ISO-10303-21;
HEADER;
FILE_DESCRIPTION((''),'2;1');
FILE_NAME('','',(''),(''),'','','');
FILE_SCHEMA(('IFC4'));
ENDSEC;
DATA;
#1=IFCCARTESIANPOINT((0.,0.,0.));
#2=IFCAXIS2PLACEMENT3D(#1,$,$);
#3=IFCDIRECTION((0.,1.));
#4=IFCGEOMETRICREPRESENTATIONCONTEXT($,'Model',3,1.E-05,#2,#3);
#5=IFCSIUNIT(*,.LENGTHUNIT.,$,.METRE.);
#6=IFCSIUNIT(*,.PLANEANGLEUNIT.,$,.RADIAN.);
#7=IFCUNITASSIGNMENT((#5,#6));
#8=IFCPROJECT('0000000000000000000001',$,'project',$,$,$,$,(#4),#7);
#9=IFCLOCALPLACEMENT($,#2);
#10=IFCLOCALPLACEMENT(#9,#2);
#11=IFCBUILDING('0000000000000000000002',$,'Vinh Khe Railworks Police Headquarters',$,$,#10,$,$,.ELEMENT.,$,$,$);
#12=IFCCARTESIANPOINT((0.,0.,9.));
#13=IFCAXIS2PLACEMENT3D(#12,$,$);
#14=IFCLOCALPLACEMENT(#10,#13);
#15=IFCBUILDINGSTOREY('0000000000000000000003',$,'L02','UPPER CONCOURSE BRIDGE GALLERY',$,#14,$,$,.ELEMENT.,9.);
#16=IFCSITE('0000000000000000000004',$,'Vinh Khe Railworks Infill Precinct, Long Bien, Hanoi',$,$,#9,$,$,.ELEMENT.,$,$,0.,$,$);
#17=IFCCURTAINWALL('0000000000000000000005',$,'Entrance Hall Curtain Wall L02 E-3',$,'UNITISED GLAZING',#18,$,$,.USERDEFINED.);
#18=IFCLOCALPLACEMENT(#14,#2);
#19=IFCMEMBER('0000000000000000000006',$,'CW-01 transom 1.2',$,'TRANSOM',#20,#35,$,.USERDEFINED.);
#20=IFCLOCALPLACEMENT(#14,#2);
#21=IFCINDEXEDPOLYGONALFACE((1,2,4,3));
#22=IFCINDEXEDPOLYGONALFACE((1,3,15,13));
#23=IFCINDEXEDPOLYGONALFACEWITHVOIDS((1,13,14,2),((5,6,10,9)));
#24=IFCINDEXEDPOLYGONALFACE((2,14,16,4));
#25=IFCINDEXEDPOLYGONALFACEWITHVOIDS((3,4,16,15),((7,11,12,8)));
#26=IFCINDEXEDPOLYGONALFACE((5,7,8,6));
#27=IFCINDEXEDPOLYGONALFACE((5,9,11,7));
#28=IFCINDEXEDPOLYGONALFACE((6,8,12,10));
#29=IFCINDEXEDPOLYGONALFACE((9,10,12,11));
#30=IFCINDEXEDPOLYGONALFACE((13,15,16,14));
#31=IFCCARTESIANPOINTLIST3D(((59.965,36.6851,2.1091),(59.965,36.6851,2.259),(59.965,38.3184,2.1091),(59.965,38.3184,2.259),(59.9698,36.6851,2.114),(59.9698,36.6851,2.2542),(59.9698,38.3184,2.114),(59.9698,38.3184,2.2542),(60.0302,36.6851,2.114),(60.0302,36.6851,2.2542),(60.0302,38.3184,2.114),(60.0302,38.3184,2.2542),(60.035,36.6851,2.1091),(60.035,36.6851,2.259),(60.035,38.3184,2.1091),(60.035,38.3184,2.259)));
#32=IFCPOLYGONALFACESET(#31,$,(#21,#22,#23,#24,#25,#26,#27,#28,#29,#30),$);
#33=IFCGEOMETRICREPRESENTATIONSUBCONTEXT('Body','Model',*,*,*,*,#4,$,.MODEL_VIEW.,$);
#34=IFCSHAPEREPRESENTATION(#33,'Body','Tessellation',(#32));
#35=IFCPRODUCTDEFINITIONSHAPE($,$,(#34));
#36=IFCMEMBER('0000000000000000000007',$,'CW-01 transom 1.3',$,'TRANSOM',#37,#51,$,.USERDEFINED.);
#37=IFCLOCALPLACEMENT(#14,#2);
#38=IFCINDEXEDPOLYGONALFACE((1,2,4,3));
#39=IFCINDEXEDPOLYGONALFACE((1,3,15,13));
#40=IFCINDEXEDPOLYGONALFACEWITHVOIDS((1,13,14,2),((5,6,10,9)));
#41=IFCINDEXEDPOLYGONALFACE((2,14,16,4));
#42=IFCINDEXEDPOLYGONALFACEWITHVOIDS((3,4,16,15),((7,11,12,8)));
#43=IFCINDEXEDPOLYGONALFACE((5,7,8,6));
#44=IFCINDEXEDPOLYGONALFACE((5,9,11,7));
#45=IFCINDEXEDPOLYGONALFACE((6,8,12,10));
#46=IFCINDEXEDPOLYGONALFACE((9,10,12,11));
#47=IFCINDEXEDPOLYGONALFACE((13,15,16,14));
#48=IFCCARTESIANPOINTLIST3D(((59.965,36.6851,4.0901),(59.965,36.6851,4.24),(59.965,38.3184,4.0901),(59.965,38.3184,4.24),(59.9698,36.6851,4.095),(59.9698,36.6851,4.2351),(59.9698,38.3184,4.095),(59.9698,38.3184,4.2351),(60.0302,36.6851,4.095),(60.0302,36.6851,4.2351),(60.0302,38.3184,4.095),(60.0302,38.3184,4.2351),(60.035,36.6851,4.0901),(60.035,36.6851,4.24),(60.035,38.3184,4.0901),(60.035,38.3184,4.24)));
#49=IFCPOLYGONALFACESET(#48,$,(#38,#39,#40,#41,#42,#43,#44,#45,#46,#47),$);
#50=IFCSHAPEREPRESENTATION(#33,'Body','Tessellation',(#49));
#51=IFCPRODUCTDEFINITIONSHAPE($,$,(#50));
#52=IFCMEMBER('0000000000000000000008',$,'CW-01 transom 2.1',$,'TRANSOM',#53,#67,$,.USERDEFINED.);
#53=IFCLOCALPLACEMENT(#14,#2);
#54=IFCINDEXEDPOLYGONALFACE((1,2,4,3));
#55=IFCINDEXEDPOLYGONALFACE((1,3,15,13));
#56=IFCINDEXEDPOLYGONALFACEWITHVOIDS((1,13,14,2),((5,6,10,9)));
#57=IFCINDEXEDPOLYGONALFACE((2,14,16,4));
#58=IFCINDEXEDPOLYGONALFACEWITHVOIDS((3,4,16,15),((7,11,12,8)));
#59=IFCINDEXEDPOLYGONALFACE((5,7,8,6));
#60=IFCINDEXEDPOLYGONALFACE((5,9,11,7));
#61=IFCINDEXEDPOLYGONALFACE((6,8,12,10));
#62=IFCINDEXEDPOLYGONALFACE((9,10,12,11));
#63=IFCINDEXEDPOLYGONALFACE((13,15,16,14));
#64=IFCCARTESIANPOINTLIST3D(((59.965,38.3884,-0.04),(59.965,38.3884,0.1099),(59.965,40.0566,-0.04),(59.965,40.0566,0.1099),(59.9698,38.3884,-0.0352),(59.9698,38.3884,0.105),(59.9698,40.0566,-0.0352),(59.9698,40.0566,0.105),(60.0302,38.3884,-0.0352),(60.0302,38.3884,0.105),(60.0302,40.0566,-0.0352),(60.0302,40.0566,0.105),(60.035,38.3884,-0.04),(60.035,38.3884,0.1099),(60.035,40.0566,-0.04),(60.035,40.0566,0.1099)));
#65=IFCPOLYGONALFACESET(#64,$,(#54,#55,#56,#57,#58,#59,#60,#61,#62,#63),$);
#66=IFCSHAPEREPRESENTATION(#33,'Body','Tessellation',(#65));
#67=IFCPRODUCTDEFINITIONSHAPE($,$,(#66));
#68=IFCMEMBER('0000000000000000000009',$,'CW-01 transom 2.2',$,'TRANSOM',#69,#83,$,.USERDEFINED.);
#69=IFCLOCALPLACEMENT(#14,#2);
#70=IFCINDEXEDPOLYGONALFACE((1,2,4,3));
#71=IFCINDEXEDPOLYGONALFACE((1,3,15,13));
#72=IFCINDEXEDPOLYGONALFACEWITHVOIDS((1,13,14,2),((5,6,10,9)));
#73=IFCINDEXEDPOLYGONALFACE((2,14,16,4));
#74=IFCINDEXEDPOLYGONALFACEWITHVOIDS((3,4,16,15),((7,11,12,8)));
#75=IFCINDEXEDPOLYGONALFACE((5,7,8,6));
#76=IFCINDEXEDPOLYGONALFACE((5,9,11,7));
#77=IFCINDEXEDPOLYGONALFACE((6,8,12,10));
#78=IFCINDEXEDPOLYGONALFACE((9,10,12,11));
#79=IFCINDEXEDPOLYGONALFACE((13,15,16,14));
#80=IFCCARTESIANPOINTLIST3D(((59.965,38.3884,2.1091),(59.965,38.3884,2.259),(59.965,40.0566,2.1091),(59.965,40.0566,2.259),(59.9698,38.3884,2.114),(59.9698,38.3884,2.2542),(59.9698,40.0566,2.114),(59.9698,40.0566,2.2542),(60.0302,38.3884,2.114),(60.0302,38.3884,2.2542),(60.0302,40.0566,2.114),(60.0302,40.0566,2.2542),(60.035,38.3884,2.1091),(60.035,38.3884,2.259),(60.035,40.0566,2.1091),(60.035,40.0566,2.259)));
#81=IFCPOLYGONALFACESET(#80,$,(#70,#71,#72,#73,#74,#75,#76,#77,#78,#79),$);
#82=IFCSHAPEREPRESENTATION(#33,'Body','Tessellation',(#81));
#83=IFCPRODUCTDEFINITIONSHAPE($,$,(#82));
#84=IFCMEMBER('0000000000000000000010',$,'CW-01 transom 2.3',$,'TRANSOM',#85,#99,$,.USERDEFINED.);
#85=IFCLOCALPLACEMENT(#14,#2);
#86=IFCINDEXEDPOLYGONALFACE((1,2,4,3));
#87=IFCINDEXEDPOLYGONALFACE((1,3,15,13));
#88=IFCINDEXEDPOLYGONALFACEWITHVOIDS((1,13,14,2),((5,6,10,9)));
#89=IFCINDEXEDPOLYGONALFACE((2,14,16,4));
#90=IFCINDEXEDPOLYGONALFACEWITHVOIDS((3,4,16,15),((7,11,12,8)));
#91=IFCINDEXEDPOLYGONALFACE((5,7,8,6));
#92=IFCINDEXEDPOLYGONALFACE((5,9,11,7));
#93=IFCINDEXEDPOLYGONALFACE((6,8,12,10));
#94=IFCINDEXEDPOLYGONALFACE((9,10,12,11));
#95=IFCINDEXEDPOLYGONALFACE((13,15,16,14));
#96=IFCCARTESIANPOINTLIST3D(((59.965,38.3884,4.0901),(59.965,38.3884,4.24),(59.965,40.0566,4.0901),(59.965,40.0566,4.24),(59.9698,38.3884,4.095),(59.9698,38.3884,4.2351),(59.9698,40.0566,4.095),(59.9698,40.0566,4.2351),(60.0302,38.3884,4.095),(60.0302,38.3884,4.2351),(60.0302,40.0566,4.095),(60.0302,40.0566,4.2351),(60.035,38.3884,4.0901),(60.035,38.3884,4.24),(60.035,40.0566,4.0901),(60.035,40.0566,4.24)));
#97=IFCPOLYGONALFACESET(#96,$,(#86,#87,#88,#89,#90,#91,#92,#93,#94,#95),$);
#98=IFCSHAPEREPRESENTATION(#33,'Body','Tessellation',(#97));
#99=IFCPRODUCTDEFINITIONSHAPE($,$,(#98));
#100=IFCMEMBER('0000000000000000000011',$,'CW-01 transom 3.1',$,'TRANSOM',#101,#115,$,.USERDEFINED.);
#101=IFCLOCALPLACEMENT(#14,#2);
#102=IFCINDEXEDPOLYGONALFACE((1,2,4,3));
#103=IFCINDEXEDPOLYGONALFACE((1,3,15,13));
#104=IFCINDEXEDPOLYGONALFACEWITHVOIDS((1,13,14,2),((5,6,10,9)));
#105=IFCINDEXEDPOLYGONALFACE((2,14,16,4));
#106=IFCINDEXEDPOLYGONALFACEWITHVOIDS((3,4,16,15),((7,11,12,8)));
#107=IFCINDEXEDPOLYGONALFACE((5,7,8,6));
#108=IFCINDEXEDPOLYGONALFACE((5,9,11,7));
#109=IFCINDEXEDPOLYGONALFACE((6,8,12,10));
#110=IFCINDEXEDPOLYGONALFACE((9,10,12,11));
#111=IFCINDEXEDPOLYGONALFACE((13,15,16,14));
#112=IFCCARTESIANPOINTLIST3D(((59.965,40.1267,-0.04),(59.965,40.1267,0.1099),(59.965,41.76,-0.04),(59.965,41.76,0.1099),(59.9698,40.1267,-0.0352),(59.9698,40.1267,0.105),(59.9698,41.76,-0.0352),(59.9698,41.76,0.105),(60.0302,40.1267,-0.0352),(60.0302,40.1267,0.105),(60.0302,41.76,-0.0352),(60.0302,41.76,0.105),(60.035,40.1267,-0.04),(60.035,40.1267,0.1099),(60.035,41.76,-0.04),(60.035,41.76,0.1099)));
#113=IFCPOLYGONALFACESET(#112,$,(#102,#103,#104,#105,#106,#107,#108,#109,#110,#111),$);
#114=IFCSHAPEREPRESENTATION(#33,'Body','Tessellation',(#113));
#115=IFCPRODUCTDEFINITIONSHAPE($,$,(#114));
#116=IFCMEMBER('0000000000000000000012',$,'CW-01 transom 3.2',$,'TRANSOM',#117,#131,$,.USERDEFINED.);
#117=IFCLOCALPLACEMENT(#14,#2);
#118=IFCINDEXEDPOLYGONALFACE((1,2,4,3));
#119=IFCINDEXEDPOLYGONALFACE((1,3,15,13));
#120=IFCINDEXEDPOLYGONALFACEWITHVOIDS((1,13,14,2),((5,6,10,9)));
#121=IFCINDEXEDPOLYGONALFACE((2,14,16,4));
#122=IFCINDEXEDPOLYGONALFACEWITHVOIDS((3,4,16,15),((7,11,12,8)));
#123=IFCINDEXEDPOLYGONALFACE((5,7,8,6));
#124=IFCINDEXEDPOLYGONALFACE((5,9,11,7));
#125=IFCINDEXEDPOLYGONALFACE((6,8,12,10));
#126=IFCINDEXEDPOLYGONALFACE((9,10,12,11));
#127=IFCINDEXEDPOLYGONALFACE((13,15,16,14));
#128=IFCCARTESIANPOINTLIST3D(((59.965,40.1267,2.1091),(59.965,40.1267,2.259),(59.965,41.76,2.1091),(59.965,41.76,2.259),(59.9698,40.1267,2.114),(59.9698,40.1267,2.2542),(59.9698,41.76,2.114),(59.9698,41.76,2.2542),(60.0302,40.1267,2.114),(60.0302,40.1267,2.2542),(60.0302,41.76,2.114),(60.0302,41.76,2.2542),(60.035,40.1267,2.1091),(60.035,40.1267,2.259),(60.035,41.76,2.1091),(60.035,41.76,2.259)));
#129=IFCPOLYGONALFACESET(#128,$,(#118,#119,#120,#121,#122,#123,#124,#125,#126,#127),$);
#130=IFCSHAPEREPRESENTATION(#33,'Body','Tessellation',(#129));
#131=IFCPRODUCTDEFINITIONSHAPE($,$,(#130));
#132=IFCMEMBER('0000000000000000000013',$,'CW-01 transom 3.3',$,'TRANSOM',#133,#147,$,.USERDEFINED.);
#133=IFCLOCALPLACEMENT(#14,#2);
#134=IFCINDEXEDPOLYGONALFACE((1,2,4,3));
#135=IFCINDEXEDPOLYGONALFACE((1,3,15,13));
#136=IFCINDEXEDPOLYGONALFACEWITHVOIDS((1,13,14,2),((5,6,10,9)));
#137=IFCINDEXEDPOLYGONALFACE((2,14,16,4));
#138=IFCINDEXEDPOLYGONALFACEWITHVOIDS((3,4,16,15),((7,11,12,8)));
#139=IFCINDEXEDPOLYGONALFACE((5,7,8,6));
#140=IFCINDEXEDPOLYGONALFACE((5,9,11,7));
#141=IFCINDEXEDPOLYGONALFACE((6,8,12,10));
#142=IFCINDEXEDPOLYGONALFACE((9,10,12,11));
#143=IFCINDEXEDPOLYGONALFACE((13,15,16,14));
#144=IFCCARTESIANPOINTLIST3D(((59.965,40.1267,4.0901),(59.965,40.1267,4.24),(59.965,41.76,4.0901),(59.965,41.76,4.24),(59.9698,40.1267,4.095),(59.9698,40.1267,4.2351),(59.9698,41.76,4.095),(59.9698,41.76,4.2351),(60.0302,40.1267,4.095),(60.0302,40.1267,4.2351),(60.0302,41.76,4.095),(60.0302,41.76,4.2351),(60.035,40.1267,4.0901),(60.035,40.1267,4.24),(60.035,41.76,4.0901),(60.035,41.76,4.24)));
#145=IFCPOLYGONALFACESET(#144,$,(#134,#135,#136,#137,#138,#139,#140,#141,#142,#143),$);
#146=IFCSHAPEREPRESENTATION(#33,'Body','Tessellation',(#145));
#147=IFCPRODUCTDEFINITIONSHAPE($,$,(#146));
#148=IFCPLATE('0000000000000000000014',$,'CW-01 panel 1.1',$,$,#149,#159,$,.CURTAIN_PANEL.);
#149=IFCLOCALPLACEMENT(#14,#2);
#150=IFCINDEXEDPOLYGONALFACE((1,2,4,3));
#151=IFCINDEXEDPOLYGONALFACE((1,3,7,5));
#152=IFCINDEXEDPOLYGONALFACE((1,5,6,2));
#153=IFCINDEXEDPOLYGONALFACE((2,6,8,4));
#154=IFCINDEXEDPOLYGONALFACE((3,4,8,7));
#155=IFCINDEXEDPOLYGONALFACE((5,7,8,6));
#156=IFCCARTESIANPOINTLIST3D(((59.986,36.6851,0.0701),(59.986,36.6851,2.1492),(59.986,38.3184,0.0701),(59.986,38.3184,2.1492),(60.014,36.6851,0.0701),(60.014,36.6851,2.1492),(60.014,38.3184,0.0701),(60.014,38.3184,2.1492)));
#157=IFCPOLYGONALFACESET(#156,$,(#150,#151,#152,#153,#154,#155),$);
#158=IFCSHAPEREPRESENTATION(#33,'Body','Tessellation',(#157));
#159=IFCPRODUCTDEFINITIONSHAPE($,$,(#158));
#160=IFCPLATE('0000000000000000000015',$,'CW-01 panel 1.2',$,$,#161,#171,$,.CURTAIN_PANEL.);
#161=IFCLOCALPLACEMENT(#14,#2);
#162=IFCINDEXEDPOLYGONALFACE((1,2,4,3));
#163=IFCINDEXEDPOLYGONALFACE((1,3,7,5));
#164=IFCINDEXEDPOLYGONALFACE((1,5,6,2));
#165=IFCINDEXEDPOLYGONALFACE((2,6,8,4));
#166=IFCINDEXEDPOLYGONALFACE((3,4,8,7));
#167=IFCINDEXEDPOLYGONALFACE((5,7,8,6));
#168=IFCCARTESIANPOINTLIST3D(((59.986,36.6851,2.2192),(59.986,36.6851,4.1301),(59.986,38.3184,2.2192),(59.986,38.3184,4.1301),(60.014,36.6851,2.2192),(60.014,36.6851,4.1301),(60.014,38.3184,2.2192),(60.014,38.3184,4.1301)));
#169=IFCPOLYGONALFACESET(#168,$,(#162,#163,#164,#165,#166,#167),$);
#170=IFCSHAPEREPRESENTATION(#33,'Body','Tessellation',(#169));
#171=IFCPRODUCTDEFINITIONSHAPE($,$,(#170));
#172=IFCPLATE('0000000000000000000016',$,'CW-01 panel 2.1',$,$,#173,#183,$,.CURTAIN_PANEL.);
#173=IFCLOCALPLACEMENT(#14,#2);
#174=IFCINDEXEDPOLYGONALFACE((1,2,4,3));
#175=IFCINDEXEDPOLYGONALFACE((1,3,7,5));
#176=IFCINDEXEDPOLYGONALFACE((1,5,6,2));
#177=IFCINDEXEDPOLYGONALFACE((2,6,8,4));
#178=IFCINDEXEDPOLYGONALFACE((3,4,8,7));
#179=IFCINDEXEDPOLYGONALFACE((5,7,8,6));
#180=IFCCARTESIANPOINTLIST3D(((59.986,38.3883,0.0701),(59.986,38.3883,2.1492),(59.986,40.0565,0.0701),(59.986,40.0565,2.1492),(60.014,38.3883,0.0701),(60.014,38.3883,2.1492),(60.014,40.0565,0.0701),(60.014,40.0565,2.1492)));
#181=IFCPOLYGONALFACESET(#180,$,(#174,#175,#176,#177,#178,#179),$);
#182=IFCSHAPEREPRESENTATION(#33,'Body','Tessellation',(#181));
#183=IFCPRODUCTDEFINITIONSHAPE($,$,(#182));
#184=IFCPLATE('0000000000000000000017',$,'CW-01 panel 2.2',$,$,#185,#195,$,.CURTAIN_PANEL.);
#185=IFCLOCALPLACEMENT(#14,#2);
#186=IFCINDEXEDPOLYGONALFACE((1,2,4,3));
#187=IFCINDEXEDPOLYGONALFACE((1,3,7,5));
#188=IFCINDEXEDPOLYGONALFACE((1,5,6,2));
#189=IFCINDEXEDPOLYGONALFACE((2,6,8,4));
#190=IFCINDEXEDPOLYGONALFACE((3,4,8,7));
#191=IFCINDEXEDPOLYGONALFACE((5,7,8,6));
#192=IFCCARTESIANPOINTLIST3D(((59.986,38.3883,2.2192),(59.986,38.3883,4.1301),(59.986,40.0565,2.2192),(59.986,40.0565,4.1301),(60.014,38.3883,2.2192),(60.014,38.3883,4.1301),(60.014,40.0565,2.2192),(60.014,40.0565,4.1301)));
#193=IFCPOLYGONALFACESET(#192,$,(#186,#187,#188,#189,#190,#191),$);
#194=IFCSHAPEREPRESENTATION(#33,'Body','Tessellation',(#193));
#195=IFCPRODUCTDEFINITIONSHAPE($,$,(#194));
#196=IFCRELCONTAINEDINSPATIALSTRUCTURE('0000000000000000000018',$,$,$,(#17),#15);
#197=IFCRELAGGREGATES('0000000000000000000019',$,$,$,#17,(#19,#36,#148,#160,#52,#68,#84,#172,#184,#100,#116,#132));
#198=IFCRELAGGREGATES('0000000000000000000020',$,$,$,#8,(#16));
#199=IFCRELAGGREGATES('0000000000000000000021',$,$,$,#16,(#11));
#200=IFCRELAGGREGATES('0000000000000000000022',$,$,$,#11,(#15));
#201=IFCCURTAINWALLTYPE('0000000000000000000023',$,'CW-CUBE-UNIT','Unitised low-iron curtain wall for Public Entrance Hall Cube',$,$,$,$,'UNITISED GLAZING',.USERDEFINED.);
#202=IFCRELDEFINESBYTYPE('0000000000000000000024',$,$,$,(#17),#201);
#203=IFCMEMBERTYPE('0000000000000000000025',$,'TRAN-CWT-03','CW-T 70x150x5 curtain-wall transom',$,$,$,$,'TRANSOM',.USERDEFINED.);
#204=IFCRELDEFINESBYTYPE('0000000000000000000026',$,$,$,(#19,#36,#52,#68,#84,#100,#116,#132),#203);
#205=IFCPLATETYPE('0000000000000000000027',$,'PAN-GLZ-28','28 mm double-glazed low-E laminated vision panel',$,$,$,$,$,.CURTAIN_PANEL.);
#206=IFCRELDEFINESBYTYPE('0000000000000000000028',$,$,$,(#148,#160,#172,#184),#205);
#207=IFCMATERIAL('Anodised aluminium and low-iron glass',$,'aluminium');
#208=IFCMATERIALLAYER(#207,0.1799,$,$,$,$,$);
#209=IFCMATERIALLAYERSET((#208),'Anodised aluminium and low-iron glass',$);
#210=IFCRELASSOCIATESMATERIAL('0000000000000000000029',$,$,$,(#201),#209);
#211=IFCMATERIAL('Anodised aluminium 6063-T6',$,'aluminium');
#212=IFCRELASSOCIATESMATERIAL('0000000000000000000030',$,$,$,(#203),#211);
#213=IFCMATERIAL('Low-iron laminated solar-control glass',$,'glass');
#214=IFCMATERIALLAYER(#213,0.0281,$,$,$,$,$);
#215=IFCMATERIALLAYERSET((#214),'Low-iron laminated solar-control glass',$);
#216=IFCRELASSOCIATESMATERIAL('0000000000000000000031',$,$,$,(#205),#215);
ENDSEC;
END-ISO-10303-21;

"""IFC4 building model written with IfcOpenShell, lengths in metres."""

from ifc_helpers import new_model, si_unit, direction, frame, origin, origin_2d, place, context, subcontext, project, spatial, rectangle, hollow_rectangle, extrude, material, layer, layer_set, material_profile, profile_set, type_object, element, aggregate, save


model = new_model("IFC4")

# Units and contexts
model_context = context("Model", 3, precision=1e-05, world=origin(), true_north=direction((0.0, 1.0)))
body_context = subcontext(model_context, "Body", "Model", "MODEL_VIEW")
ifc_project = project(units=[si_unit("LENGTHUNIT", "METRE"), si_unit("PLANEANGLEUNIT", "RADIAN")], contexts=[model_context])

# Site, building, storey
site_placement = place(None, origin())
site = spatial("IfcSite", under=ifc_project, at=site_placement, Name="Vinh Khe Railworks Infill Precinct, Long Bien, Hanoi", CompositionType="ELEMENT", RefElevation=0.0)
building_placement = place(site_placement, origin())
building = spatial("IfcBuilding", under=site, at=building_placement, Name="Vinh Khe Railworks Police Headquarters", CompositionType="ELEMENT")
storey_placement = place(building_placement, frame((0.0, 0.0, 9.0)))
storey = spatial("IfcBuildingStorey", under=building, at=storey_placement, Name="L02", Description="UPPER CONCOURSE BRIDGE GALLERY", CompositionType="ELEMENT", Elevation=9.0)

# Curtain wall
ifc_material_1 = material(Name="Anodised aluminium and low-iron glass", Category="aluminium")
ifc_layer_1 = layer(ifc_material_1, 0.1799)
ifc_layer_set_1 = layer_set([ifc_layer_1], Name="Anodised aluminium and low-iron glass")
curtain_wall_type = type_object("IfcCurtainWallType", Name="CW-CUBE-UNIT", Description="Unitised low-iron curtain wall for Public Entrance Hall Cube", ElementType="UNITISED GLAZING", PredefinedType="USERDEFINED", material=ifc_layer_set_1)
curtain_wall_placement = place(storey_placement, origin())
curtain_wall = element("IfcCurtainWall", 1, at=curtain_wall_placement, inside=storey, type_object=curtain_wall_type, Name="Entrance Hall Curtain Wall L02 E-3", ObjectType="UNITISED GLAZING", PredefinedType="USERDEFINED")
ifc_material_2 = material(Name="Anodised aluminium 6063-T6", Category="aluminium")

# Members
ifc_material_profile_1 = material_profile(ifc_material_2, hollow_rectangle(XDim=0.0701, YDim=0.1499, WallThickness=0.0049, at=origin_2d()), Name="CW-T 70x150x5")
ifc_profile_set_1 = profile_set([ifc_material_profile_1], Name="Anodised aluminium 6063-T6")
member_type_1 = type_object("IfcMemberType", Name="TRAN-CWT-03", Description="CW-T 70x150x5 curtain-wall transom", ElementType="TRANSOM", PredefinedType="USERDEFINED", material=ifc_profile_set_1)
member_1_placement = place(storey_placement, frame((60.0, 36.6851, 2.1841), z_axis=(0.0, 1.0, 0.0), x_axis=(-1.0, 0.0, 0.0)))
member_1 = element("IfcMember", 2, at=member_1_placement, type_object=member_type_1, Name="CW-01 transom 1.2", ObjectType="TRANSOM", PredefinedType="USERDEFINED", context=body_context, shape_type="SweptSolid", body=[
    extrude(hollow_rectangle(XDim=0.0701, YDim=0.1499, WallThickness=0.0049, at=origin_2d()), origin(), (0.0, 0.0, 1.0), 1.6333),
])
member_2_placement = place(storey_placement, frame((60.0, 36.6851, 4.165), z_axis=(0.0, 1.0, 0.0), x_axis=(-1.0, 0.0, 0.0)))
member_2 = element("IfcMember", 3, at=member_2_placement, type_object=member_type_1, Name="CW-01 transom 1.3", ObjectType="TRANSOM", PredefinedType="USERDEFINED", context=body_context, shape_type="SweptSolid", body=[
    extrude(hollow_rectangle(XDim=0.0701, YDim=0.1499, WallThickness=0.0049, at=origin_2d()), origin(), (0.0, 0.0, 1.0), 1.6333),
])
member_3_placement = place(storey_placement, frame((60.0, 38.3884, 0.0349), z_axis=(0.0, 1.0, 0.0), x_axis=(-1.0, 0.0, 0.0)))
member_3 = element("IfcMember", 4, at=member_3_placement, type_object=member_type_1, Name="CW-01 transom 2.1", ObjectType="TRANSOM", PredefinedType="USERDEFINED", context=body_context, shape_type="SweptSolid", body=[
    extrude(hollow_rectangle(XDim=0.0701, YDim=0.1499, WallThickness=0.0049, at=origin_2d()), origin(), (0.0, 0.0, 1.0), 1.6682),
])
member_4_placement = place(storey_placement, frame((60.0, 38.3884, 2.1841), z_axis=(0.0, 1.0, 0.0), x_axis=(-1.0, 0.0, 0.0)))
member_4 = element("IfcMember", 5, at=member_4_placement, type_object=member_type_1, Name="CW-01 transom 2.2", ObjectType="TRANSOM", PredefinedType="USERDEFINED", context=body_context, shape_type="SweptSolid", body=[
    extrude(hollow_rectangle(XDim=0.0701, YDim=0.1499, WallThickness=0.0049, at=origin_2d()), origin(), (0.0, 0.0, 1.0), 1.6682),
])
member_5_placement = place(storey_placement, frame((60.0, 38.3884, 4.165), z_axis=(0.0, 1.0, 0.0), x_axis=(-1.0, 0.0, 0.0)))
member_5 = element("IfcMember", 6, at=member_5_placement, type_object=member_type_1, Name="CW-01 transom 2.3", ObjectType="TRANSOM", PredefinedType="USERDEFINED", context=body_context, shape_type="SweptSolid", body=[
    extrude(hollow_rectangle(XDim=0.0701, YDim=0.1499, WallThickness=0.0049, at=origin_2d()), origin(), (0.0, 0.0, 1.0), 1.6682),
])
member_6_placement = place(storey_placement, frame((60.0, 40.1267, 0.0349), z_axis=(0.0, 1.0, 0.0), x_axis=(-1.0, 0.0, 0.0)))
member_6 = element("IfcMember", 7, at=member_6_placement, type_object=member_type_1, Name="CW-01 transom 3.1", ObjectType="TRANSOM", PredefinedType="USERDEFINED", context=body_context, shape_type="SweptSolid", body=[
    extrude(hollow_rectangle(XDim=0.0701, YDim=0.1499, WallThickness=0.0049, at=origin_2d()), origin(), (0.0, 0.0, 1.0), 1.6333),
])
member_7_placement = place(storey_placement, frame((60.0, 40.1267, 2.1841), z_axis=(0.0, 1.0, 0.0), x_axis=(-1.0, 0.0, 0.0)))
member_7 = element("IfcMember", 8, at=member_7_placement, type_object=member_type_1, Name="CW-01 transom 3.2", ObjectType="TRANSOM", PredefinedType="USERDEFINED", context=body_context, shape_type="SweptSolid", body=[
    extrude(hollow_rectangle(XDim=0.0701, YDim=0.1499, WallThickness=0.0049, at=origin_2d()), origin(), (0.0, 0.0, 1.0), 1.6333),
])
member_8_placement = place(storey_placement, frame((60.0, 40.1267, 4.165), z_axis=(0.0, 1.0, 0.0), x_axis=(-1.0, 0.0, 0.0)))
member_8 = element("IfcMember", 9, at=member_8_placement, type_object=member_type_1, Name="CW-01 transom 3.3", ObjectType="TRANSOM", PredefinedType="USERDEFINED", context=body_context, shape_type="SweptSolid", body=[
    extrude(hollow_rectangle(XDim=0.0701, YDim=0.1499, WallThickness=0.0049, at=origin_2d()), origin(), (0.0, 0.0, 1.0), 1.6333),
])

# Plates
ifc_material_3 = material(Name="Low-iron laminated solar-control glass", Category="glass")
ifc_layer_2 = layer(ifc_material_3, 0.0281)
ifc_layer_set_2 = layer_set([ifc_layer_2], Name="Low-iron laminated solar-control glass")
plate_type = type_object("IfcPlateType", Name="PAN-GLZ-28", Description="28 mm double-glazed low-E laminated vision panel", PredefinedType="CURTAIN_PANEL", material=ifc_layer_set_2)
plate_1_placement = place(storey_placement, frame((60.0, 37.5017, 0.0701), z_axis=(0.0, 0.0, 1.0), x_axis=(0.0, 1.0, 0.0)))
plate_1 = element("IfcPlate", 10, at=plate_1_placement, type_object=plate_type, Name="CW-01 panel 1.1", PredefinedType="CURTAIN_PANEL", context=body_context, shape_type="SweptSolid", body=[
    extrude(rectangle(XDim=1.6333, YDim=0.0281, at=origin_2d()), origin(), (0.0, 0.0, 1.0), 2.0791),
])
plate_2_placement = place(storey_placement, frame((60.0, 37.5017, 2.2192), z_axis=(0.0, 0.0, 1.0), x_axis=(0.0, 1.0, 0.0)))
plate_2 = element("IfcPlate", 11, at=plate_2_placement, type_object=plate_type, Name="CW-01 panel 1.2", PredefinedType="CURTAIN_PANEL", context=body_context, shape_type="SweptSolid", body=[
    extrude(rectangle(XDim=1.6333, YDim=0.0281, at=origin_2d()), origin(), (0.0, 0.0, 1.0), 1.9109),
])
plate_3_placement = place(storey_placement, frame((60.0, 39.2224, 0.0701), z_axis=(0.0, 0.0, 1.0), x_axis=(0.0, 1.0, 0.0)))
plate_3 = element("IfcPlate", 12, at=plate_3_placement, type_object=plate_type, Name="CW-01 panel 2.1", PredefinedType="CURTAIN_PANEL", context=body_context, shape_type="SweptSolid", body=[
    extrude(rectangle(XDim=1.6682, YDim=0.0281, at=origin_2d()), origin(), (0.0, 0.0, 1.0), 2.0791),
])
plate_4_placement = place(storey_placement, frame((60.0, 39.2224, 2.2192), z_axis=(0.0, 0.0, 1.0), x_axis=(0.0, 1.0, 0.0)))
plate_4 = element("IfcPlate", 13, at=plate_4_placement, type_object=plate_type, Name="CW-01 panel 2.2", PredefinedType="CURTAIN_PANEL", context=body_context, shape_type="SweptSolid", body=[
    extrude(rectangle(XDim=1.6682, YDim=0.0281, at=origin_2d()), origin(), (0.0, 0.0, 1.0), 1.9109),
])
aggregate(curtain_wall, [member_1, member_2, plate_1, plate_2, member_3, member_4, member_5, plate_3, plate_4, member_6, member_7, member_8])

save(model, "model.ifc")
